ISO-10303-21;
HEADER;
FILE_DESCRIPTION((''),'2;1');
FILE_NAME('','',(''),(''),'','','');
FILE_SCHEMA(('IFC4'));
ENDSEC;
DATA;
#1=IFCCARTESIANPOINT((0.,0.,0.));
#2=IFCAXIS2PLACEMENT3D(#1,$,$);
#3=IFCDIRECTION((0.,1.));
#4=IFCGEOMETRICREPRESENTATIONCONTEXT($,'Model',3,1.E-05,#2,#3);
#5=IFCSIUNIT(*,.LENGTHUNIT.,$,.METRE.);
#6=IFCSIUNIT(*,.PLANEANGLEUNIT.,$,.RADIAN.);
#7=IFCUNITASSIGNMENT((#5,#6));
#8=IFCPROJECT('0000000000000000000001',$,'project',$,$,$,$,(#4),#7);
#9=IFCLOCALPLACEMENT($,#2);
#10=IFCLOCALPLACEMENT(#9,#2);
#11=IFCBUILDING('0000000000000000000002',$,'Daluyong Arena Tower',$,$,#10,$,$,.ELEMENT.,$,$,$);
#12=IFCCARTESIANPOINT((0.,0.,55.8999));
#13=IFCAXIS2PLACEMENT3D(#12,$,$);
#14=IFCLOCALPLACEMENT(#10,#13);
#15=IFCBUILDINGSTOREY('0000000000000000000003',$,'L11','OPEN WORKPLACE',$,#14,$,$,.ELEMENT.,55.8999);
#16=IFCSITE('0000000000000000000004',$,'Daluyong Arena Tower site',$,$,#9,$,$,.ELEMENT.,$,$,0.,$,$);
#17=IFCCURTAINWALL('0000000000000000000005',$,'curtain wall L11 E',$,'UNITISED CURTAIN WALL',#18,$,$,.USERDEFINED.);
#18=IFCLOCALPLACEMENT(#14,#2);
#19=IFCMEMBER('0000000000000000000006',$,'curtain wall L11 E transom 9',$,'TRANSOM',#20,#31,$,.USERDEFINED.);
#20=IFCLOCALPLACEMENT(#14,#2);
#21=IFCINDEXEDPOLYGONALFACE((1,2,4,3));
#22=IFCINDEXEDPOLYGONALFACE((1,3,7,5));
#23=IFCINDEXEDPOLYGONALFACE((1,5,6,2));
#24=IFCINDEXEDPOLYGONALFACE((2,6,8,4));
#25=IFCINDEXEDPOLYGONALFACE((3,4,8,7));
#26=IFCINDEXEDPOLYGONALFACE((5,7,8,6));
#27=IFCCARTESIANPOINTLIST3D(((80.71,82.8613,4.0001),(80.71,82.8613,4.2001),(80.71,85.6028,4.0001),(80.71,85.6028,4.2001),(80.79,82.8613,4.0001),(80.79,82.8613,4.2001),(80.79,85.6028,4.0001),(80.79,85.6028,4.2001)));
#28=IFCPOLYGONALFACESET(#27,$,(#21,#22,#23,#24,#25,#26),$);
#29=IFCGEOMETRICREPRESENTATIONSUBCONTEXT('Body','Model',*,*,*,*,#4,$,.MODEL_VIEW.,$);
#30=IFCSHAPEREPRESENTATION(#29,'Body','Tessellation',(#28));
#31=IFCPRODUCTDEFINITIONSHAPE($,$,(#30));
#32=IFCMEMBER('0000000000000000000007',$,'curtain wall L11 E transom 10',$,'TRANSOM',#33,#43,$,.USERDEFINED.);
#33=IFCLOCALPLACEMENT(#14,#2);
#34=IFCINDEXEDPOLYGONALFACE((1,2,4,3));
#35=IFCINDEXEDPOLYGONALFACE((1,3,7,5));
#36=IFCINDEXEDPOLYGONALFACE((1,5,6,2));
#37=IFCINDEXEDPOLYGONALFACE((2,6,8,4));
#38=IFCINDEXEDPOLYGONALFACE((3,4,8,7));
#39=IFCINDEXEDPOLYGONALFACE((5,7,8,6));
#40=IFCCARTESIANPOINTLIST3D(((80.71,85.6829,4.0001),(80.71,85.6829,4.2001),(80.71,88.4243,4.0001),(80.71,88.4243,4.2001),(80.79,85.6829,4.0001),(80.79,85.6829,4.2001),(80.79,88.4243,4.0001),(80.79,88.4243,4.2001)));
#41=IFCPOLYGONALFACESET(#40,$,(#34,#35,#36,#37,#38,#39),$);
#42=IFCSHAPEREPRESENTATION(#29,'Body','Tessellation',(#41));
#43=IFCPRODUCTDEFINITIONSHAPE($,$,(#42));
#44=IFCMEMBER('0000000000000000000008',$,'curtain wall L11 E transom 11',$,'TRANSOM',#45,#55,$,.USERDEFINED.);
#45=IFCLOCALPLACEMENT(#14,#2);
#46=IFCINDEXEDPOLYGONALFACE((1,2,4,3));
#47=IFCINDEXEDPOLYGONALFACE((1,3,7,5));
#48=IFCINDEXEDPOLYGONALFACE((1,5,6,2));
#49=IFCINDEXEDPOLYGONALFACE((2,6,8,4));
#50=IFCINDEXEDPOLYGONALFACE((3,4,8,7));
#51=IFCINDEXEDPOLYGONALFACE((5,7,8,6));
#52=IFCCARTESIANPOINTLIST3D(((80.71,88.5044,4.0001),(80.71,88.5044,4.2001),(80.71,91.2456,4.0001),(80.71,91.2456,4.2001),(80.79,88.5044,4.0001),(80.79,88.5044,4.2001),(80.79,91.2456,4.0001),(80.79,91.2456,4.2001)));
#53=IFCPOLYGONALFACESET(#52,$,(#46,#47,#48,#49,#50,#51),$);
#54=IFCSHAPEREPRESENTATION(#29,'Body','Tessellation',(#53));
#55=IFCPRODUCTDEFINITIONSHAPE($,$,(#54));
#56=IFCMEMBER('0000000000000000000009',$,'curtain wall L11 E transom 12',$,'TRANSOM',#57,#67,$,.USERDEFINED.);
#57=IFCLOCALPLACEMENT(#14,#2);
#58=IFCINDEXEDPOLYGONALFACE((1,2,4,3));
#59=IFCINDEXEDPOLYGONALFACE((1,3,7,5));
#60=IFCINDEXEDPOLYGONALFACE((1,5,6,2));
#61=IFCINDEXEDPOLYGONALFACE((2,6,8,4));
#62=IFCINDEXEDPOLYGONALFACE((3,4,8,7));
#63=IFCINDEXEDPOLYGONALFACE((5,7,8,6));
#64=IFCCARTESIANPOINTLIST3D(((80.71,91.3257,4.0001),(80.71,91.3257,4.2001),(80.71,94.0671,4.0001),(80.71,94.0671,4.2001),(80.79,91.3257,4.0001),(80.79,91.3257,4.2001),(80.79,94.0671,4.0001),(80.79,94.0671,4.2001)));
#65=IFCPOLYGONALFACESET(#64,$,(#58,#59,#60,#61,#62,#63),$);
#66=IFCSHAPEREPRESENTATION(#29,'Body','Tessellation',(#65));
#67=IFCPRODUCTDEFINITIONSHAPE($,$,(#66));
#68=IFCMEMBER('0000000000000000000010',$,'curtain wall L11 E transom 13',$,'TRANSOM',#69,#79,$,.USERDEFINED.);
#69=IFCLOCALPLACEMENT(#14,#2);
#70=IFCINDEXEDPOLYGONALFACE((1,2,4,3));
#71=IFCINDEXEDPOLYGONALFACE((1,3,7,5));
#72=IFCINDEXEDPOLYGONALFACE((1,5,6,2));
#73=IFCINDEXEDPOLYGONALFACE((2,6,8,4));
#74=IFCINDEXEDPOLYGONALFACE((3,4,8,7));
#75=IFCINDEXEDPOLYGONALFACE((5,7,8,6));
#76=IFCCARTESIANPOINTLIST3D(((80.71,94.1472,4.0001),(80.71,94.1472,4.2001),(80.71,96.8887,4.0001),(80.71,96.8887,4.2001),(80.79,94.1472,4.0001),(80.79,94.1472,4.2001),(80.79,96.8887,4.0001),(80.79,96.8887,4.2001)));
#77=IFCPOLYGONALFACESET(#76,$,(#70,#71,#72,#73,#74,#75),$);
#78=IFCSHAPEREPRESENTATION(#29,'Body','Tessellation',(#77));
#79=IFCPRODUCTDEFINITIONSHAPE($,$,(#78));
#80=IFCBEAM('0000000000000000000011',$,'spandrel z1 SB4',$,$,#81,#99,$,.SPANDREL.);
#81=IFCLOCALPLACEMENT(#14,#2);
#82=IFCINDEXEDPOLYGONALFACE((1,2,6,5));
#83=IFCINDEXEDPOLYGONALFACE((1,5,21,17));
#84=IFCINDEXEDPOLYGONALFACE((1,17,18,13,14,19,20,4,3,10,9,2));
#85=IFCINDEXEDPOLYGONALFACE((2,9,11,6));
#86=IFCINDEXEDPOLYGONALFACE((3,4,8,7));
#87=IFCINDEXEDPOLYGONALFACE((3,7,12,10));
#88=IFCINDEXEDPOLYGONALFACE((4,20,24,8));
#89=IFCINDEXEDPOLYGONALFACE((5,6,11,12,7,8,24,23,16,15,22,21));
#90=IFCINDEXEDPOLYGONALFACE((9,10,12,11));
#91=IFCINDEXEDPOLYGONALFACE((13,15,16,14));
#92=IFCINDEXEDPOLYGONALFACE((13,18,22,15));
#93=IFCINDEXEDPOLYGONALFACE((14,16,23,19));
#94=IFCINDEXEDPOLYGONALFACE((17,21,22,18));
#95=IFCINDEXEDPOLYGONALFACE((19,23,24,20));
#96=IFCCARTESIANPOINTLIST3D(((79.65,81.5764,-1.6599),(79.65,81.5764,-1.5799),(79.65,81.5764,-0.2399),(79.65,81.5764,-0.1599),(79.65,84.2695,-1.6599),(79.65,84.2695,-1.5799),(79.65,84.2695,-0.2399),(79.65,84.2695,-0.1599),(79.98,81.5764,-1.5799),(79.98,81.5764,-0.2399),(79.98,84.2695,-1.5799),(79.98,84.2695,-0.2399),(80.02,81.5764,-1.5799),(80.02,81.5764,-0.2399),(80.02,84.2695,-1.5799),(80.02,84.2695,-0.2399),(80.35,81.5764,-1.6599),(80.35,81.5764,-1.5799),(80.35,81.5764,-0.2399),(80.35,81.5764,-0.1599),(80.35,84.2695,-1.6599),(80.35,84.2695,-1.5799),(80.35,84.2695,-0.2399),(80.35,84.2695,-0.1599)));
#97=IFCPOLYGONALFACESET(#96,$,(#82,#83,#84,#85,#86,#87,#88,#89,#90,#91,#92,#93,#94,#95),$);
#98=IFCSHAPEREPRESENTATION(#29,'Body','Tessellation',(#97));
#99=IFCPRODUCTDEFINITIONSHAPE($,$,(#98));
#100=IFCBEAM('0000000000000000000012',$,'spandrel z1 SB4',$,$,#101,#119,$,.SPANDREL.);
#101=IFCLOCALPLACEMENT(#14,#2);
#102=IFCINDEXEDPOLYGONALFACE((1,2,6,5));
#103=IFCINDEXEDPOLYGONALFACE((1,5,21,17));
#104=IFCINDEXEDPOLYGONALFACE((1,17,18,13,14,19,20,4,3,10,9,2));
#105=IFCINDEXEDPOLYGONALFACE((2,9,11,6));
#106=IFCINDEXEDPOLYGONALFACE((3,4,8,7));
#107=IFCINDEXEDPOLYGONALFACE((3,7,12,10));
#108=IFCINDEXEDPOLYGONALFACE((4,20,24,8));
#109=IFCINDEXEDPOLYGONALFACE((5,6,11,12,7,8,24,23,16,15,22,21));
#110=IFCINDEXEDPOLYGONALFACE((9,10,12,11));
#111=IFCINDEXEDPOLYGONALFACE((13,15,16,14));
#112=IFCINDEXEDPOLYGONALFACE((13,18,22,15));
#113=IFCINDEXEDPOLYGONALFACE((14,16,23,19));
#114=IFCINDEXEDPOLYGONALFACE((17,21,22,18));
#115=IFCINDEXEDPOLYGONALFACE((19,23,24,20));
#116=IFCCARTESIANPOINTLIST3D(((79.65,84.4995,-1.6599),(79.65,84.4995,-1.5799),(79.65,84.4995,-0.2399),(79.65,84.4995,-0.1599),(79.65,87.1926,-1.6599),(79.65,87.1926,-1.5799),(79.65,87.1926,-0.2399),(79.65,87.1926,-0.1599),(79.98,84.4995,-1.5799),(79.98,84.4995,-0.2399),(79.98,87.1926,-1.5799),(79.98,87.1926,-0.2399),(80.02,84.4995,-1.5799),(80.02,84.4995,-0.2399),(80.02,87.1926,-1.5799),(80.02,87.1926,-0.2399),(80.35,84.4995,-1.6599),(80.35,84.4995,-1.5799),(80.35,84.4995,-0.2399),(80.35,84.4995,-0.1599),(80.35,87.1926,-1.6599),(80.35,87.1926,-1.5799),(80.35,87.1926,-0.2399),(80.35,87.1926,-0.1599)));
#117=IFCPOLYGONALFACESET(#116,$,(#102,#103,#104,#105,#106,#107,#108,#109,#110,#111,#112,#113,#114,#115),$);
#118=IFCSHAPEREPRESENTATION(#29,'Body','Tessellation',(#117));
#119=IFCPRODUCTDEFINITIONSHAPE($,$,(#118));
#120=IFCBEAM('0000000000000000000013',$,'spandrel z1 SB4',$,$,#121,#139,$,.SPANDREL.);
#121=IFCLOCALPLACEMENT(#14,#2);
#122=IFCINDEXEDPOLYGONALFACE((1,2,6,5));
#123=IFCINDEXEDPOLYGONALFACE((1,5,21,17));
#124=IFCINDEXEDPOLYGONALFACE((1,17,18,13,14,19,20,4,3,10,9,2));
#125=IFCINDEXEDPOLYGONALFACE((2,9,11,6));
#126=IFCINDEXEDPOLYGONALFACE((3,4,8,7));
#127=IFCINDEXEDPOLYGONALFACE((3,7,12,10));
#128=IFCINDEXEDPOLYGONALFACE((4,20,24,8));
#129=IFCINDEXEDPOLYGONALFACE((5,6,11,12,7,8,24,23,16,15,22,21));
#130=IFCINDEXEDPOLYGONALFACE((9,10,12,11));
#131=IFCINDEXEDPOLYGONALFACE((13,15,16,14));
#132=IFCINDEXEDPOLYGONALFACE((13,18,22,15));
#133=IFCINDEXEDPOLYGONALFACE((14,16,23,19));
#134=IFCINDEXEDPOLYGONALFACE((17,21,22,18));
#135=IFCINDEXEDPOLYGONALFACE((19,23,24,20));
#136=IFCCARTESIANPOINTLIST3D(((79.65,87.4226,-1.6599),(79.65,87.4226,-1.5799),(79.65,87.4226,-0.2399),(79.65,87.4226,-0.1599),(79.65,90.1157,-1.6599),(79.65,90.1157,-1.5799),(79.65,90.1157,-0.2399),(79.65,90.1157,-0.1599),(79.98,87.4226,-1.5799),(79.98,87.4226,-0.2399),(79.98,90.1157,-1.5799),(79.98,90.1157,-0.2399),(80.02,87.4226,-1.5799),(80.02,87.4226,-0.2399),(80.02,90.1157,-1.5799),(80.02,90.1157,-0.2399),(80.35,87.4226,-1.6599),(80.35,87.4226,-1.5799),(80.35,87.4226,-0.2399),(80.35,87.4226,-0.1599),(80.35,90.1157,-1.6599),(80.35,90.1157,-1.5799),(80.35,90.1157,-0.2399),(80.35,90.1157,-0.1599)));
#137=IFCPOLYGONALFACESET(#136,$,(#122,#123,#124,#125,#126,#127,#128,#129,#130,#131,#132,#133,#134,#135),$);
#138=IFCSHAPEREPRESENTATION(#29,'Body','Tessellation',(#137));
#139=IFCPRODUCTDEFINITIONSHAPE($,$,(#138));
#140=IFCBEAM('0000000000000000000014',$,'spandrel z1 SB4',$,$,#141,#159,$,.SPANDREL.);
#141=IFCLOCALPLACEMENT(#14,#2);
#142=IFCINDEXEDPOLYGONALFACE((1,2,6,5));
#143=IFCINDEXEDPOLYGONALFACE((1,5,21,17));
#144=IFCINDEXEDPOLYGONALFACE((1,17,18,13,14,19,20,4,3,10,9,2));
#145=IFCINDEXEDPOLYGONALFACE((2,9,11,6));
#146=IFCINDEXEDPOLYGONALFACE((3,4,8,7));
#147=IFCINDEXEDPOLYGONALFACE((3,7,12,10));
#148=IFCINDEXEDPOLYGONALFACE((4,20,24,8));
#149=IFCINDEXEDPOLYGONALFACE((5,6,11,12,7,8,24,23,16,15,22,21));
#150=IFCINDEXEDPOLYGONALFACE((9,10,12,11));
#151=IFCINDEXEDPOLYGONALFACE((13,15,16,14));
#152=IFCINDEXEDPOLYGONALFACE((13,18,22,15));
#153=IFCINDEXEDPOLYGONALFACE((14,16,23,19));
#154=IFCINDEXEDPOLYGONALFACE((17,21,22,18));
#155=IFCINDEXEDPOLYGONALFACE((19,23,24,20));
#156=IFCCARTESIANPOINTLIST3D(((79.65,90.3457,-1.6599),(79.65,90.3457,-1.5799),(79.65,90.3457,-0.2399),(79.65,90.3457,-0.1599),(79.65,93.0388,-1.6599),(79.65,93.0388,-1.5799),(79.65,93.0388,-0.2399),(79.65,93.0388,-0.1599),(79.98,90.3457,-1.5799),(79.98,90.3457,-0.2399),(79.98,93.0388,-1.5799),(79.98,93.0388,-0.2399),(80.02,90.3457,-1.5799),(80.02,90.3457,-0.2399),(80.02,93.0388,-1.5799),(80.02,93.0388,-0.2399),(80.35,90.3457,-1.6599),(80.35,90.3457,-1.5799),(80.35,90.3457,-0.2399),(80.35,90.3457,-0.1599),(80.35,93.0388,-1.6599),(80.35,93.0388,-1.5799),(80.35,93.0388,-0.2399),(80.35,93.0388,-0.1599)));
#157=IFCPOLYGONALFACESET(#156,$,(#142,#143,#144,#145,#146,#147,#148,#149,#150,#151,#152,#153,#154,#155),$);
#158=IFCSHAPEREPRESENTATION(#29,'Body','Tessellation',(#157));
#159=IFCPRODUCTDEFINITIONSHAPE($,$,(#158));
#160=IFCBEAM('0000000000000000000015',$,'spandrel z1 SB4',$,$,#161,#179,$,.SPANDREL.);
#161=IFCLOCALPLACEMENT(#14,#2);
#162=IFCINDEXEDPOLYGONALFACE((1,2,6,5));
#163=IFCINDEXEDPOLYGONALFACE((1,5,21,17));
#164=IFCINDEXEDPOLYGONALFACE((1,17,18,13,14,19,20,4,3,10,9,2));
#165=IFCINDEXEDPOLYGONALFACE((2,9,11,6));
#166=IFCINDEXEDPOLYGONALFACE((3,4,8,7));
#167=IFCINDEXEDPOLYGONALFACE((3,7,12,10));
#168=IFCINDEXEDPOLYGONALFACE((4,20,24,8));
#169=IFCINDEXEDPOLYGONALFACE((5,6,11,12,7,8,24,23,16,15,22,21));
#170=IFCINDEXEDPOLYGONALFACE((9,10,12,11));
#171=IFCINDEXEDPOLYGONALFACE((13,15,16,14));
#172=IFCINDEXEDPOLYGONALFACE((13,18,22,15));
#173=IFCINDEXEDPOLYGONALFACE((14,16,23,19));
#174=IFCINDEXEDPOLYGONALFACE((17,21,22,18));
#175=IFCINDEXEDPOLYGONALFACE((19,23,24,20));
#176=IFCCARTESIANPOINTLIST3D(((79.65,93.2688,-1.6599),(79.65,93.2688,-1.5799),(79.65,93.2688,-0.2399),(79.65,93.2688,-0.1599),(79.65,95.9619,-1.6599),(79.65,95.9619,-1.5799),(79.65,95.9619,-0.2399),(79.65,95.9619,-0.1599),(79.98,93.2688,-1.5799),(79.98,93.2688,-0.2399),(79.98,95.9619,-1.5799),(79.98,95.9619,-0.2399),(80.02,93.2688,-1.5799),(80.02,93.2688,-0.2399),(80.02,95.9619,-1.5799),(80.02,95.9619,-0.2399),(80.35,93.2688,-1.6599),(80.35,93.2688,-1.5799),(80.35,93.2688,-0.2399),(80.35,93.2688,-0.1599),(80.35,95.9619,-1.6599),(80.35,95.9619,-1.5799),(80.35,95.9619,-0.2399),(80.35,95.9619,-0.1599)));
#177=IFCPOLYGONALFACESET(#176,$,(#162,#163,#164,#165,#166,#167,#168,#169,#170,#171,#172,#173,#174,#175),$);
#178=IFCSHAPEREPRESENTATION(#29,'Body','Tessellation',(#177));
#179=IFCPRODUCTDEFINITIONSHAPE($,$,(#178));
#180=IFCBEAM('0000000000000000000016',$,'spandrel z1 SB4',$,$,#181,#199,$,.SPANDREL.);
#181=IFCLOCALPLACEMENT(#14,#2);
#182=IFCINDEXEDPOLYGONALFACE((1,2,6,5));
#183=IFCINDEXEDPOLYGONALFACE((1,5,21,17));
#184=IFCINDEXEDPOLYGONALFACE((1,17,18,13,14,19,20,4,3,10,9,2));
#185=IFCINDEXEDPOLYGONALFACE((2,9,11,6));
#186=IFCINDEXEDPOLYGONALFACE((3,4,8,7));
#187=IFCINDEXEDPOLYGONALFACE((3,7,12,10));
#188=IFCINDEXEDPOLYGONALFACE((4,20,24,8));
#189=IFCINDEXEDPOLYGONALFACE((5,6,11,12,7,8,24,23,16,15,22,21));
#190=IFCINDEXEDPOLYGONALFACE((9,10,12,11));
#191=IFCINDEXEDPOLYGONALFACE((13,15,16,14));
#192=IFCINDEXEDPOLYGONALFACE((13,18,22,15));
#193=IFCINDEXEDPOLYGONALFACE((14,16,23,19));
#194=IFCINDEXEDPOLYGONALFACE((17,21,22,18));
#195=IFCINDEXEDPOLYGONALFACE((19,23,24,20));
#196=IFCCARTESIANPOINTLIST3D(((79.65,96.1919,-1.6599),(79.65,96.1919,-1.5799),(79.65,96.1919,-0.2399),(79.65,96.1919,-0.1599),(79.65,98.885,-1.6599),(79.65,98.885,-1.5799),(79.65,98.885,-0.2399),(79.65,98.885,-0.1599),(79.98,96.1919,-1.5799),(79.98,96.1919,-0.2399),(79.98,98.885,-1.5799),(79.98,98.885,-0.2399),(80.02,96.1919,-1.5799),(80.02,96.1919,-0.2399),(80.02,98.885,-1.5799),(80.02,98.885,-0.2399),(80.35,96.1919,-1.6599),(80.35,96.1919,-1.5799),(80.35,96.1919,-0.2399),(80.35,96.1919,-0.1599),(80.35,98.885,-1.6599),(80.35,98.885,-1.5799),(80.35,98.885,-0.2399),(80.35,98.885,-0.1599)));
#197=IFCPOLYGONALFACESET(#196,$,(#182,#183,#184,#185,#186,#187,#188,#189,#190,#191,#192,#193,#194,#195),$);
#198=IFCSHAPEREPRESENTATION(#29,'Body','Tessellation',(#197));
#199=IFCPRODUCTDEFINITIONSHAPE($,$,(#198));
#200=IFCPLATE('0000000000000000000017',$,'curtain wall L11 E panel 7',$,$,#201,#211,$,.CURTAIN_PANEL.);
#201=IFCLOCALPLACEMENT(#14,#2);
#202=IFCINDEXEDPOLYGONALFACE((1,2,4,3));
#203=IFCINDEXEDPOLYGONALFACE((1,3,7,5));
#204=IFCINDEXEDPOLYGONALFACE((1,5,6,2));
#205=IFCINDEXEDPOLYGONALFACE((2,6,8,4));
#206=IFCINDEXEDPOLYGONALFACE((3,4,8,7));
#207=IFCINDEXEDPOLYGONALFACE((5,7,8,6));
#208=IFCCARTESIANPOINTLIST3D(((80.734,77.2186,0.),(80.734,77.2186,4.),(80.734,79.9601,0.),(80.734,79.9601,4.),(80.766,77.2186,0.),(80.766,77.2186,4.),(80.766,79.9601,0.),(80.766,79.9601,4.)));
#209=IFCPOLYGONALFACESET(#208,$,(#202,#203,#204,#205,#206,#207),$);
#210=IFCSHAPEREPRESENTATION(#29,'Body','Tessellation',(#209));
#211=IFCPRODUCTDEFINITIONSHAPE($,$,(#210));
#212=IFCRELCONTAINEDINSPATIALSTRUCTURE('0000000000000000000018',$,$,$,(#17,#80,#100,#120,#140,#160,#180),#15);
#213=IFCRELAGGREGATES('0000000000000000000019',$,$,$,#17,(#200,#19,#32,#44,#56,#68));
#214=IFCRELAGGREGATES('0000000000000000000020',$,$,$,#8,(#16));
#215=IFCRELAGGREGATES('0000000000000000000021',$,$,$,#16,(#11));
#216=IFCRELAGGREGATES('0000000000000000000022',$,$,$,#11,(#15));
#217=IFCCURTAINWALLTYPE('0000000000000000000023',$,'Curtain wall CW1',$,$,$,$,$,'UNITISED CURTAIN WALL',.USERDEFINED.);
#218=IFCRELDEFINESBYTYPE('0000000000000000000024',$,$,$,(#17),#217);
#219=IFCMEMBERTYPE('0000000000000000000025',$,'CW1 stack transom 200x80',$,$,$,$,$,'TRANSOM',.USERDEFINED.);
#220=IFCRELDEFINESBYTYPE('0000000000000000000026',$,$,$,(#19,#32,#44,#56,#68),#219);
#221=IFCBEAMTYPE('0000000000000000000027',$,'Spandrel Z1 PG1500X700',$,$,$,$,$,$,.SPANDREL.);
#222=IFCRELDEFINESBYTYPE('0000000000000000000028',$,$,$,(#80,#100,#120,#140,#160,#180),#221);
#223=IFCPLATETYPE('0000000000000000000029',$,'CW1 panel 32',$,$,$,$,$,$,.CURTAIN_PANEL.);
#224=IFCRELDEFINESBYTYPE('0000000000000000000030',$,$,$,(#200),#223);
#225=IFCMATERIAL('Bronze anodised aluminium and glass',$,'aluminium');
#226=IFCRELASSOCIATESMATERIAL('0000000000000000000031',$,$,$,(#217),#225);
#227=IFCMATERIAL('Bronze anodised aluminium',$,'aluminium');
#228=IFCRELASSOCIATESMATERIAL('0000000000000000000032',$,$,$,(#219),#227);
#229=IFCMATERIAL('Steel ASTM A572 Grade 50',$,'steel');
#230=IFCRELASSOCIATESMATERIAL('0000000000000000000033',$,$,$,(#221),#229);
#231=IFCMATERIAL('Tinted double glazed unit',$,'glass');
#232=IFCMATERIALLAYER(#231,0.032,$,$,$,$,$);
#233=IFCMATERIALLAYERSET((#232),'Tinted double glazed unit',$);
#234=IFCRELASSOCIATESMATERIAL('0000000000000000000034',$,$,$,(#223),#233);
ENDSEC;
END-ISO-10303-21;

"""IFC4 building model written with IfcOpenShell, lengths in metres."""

from ifc_helpers import new_model, si_unit, direction, frame, origin, origin_2d, place, context, subcontext, project, spatial, rectangle, i_section, extrude, material, layer, layer_set, material_profile, profile_set, type_object, element, aggregate, save


model = new_model("IFC4")

# Units and contexts
model_context = context("Model", 3, precision=1e-05, world=origin(), true_north=direction((0.0, 1.0)))
body_context = subcontext(model_context, "Body", "Model", "MODEL_VIEW")
ifc_project = project(units=[si_unit("LENGTHUNIT", "METRE"), si_unit("PLANEANGLEUNIT", "RADIAN")], contexts=[model_context])

# Site, building, storey
site_placement = place(None, origin())
site = spatial("IfcSite", under=ifc_project, at=site_placement, Name="Daluyong Arena Tower site", CompositionType="ELEMENT", RefElevation=0.0)
building_placement = place(site_placement, origin())
building = spatial("IfcBuilding", under=site, at=building_placement, Name="Daluyong Arena Tower", CompositionType="ELEMENT")
storey_placement = place(building_placement, frame((0.0, 0.0, 55.8999)))
storey = spatial("IfcBuildingStorey", under=building, at=storey_placement, Name="L11", Description="OPEN WORKPLACE", CompositionType="ELEMENT", Elevation=55.8999)

# Curtain wall, members
ifc_material_1 = material(Name="Bronze anodised aluminium and glass", Category="aluminium")
curtain_wall_type = type_object("IfcCurtainWallType", Name="Curtain wall CW1", ElementType="UNITISED CURTAIN WALL", PredefinedType="USERDEFINED", material=ifc_material_1)
curtain_wall_placement = place(storey_placement, origin())
curtain_wall = element("IfcCurtainWall", 1, at=curtain_wall_placement, inside=storey, type_object=curtain_wall_type, Name="curtain wall L11 E", ObjectType="UNITISED CURTAIN WALL", PredefinedType="USERDEFINED")
ifc_material_2 = material(Name="Bronze anodised aluminium", Category="aluminium")
ifc_material_profile_1 = material_profile(ifc_material_2, rectangle(XDim=0.0801, YDim=0.2, at=origin_2d()))
ifc_profile_set_1 = profile_set([ifc_material_profile_1], Name="Bronze anodised aluminium")
member_type_1 = type_object("IfcMemberType", Name="CW1 stack transom 200x80", ElementType="TRANSOM", PredefinedType="USERDEFINED", material=ifc_profile_set_1)
member_1_placement = place(storey_placement, frame((80.75, 82.8613, 4.1001), z_axis=(0.0, 1.0, 0.0), x_axis=(-1.0, 0.0, 0.0)))
member_1 = element("IfcMember", 2, at=member_1_placement, type_object=member_type_1, Name="curtain wall L11 E transom 9", ObjectType="TRANSOM", PredefinedType="USERDEFINED", context=body_context, shape_type="SweptSolid", body=[
    extrude(rectangle(XDim=0.0801, YDim=0.2, at=origin_2d()), origin(), (0.0, 0.0, 1.0), 2.7415),
])
member_2_placement = place(storey_placement, frame((80.75, 85.6829, 4.1001), z_axis=(0.0, 1.0, 0.0), x_axis=(-1.0, 0.0, 0.0)))
member_2 = element("IfcMember", 3, at=member_2_placement, type_object=member_type_1, Name="curtain wall L11 E transom 10", ObjectType="TRANSOM", PredefinedType="USERDEFINED", context=body_context, shape_type="SweptSolid", body=[
    extrude(rectangle(XDim=0.0801, YDim=0.2, at=origin_2d()), origin(), (0.0, 0.0, 1.0), 2.7415),
])
member_3_placement = place(storey_placement, frame((80.75, 88.5044, 4.1001), z_axis=(0.0, 1.0, 0.0), x_axis=(-1.0, 0.0, 0.0)))
member_3 = element("IfcMember", 4, at=member_3_placement, type_object=member_type_1, Name="curtain wall L11 E transom 11", ObjectType="TRANSOM", PredefinedType="USERDEFINED", context=body_context, shape_type="SweptSolid", body=[
    extrude(rectangle(XDim=0.0801, YDim=0.2, at=origin_2d()), origin(), (0.0, 0.0, 1.0), 2.7412),
])
member_4_placement = place(storey_placement, frame((80.75, 91.3257, 4.1001), z_axis=(0.0, 1.0, 0.0), x_axis=(-1.0, 0.0, 0.0)))
member_4 = element("IfcMember", 5, at=member_4_placement, type_object=member_type_1, Name="curtain wall L11 E transom 12", ObjectType="TRANSOM", PredefinedType="USERDEFINED", context=body_context, shape_type="SweptSolid", body=[
    extrude(rectangle(XDim=0.0801, YDim=0.2, at=origin_2d()), origin(), (0.0, 0.0, 1.0), 2.7415),
])
member_5_placement = place(storey_placement, frame((80.75, 94.1472, 4.1001), z_axis=(0.0, 1.0, 0.0), x_axis=(-1.0, 0.0, 0.0)))
member_5 = element("IfcMember", 6, at=member_5_placement, type_object=member_type_1, Name="curtain wall L11 E transom 13", ObjectType="TRANSOM", PredefinedType="USERDEFINED", context=body_context, shape_type="SweptSolid", body=[
    extrude(rectangle(XDim=0.0801, YDim=0.2, at=origin_2d()), origin(), (0.0, 0.0, 1.0), 2.7415),
])

# Beams
ifc_material_3 = material(Name="Steel ASTM A572 Grade 50", Category="steel")
ifc_material_profile_2 = material_profile(ifc_material_3, i_section(OverallWidth=0.7, OverallDepth=1.5, WebThickness=0.04, FlangeThickness=0.08, at=origin_2d()))
ifc_profile_set_2 = profile_set([ifc_material_profile_2], Name="Steel ASTM A572 Grade 50")
beam_type = type_object("IfcBeamType", Name="Spandrel Z1 PG1500X700", PredefinedType="SPANDREL", material=ifc_profile_set_2)
for number, where, z_axis, x_axis, name in (
    (7, (80.0, 81.5764, -0.9099), (0.0, 1.0, 0.0), (-1.0, 0.0, 0.0), "spandrel z1 SB4"),
    (8, (80.0, 84.4995, -0.9099), (0.0, 1.0, 0.0), (-1.0, 0.0, 0.0), "spandrel z1 SB4"),
    (9, (80.0, 87.4226, -0.9099), (0.0, 1.0, 0.0), (-1.0, 0.0, 0.0), "spandrel z1 SB4"),
    (10, (80.0, 90.3457, -0.9099), (0.0, 1.0, 0.0), (-1.0, 0.0, 0.0), "spandrel z1 SB4"),
    (11, (80.0, 93.2688, -0.9099), (0.0, 1.0, 0.0), (-1.0, 0.0, 0.0), "spandrel z1 SB4"),
    (12, (80.0, 96.1919, -0.9099), (0.0, 1.0, 0.0), (-1.0, 0.0, 0.0), "spandrel z1 SB4"),
):
    element("IfcBeam", number, at=place(storey_placement, frame(where, z_axis=z_axis, x_axis=x_axis)), inside=storey, type_object=beam_type, Name=name, PredefinedType="SPANDREL", context=body_context, shape_type="SweptSolid", body=[
        extrude(i_section(OverallWidth=0.7, OverallDepth=1.5, WebThickness=0.04, FlangeThickness=0.08, at=origin_2d()), origin(), (0.0, 0.0, 1.0), 2.6931),
    ])

# Plate
ifc_material_4 = material(Name="Tinted double glazed unit", Category="glass")
ifc_layer = layer(ifc_material_4, 0.032)
ifc_layer_set = layer_set([ifc_layer], Name="Tinted double glazed unit")
plate_type = type_object("IfcPlateType", Name="CW1 panel 32", PredefinedType="CURTAIN_PANEL", material=ifc_layer_set)
plate_1_placement = place(storey_placement, frame((80.75, 78.5894, 0.0), z_axis=(0.0, 0.0, 1.0), x_axis=(0.0, 1.0, 0.0)))
plate_1 = element("IfcPlate", 13, at=plate_1_placement, type_object=plate_type, Name="curtain wall L11 E panel 7", PredefinedType="CURTAIN_PANEL", context=body_context, shape_type="SweptSolid", body=[
    extrude(rectangle(XDim=2.7415, YDim=0.032, at=origin_2d()), origin(), (0.0, 0.0, 1.0), 4.0),
])
aggregate(curtain_wall, [plate_1, member_1, member_2, member_3, member_4, member_5])

save(model, "model.ifc")
